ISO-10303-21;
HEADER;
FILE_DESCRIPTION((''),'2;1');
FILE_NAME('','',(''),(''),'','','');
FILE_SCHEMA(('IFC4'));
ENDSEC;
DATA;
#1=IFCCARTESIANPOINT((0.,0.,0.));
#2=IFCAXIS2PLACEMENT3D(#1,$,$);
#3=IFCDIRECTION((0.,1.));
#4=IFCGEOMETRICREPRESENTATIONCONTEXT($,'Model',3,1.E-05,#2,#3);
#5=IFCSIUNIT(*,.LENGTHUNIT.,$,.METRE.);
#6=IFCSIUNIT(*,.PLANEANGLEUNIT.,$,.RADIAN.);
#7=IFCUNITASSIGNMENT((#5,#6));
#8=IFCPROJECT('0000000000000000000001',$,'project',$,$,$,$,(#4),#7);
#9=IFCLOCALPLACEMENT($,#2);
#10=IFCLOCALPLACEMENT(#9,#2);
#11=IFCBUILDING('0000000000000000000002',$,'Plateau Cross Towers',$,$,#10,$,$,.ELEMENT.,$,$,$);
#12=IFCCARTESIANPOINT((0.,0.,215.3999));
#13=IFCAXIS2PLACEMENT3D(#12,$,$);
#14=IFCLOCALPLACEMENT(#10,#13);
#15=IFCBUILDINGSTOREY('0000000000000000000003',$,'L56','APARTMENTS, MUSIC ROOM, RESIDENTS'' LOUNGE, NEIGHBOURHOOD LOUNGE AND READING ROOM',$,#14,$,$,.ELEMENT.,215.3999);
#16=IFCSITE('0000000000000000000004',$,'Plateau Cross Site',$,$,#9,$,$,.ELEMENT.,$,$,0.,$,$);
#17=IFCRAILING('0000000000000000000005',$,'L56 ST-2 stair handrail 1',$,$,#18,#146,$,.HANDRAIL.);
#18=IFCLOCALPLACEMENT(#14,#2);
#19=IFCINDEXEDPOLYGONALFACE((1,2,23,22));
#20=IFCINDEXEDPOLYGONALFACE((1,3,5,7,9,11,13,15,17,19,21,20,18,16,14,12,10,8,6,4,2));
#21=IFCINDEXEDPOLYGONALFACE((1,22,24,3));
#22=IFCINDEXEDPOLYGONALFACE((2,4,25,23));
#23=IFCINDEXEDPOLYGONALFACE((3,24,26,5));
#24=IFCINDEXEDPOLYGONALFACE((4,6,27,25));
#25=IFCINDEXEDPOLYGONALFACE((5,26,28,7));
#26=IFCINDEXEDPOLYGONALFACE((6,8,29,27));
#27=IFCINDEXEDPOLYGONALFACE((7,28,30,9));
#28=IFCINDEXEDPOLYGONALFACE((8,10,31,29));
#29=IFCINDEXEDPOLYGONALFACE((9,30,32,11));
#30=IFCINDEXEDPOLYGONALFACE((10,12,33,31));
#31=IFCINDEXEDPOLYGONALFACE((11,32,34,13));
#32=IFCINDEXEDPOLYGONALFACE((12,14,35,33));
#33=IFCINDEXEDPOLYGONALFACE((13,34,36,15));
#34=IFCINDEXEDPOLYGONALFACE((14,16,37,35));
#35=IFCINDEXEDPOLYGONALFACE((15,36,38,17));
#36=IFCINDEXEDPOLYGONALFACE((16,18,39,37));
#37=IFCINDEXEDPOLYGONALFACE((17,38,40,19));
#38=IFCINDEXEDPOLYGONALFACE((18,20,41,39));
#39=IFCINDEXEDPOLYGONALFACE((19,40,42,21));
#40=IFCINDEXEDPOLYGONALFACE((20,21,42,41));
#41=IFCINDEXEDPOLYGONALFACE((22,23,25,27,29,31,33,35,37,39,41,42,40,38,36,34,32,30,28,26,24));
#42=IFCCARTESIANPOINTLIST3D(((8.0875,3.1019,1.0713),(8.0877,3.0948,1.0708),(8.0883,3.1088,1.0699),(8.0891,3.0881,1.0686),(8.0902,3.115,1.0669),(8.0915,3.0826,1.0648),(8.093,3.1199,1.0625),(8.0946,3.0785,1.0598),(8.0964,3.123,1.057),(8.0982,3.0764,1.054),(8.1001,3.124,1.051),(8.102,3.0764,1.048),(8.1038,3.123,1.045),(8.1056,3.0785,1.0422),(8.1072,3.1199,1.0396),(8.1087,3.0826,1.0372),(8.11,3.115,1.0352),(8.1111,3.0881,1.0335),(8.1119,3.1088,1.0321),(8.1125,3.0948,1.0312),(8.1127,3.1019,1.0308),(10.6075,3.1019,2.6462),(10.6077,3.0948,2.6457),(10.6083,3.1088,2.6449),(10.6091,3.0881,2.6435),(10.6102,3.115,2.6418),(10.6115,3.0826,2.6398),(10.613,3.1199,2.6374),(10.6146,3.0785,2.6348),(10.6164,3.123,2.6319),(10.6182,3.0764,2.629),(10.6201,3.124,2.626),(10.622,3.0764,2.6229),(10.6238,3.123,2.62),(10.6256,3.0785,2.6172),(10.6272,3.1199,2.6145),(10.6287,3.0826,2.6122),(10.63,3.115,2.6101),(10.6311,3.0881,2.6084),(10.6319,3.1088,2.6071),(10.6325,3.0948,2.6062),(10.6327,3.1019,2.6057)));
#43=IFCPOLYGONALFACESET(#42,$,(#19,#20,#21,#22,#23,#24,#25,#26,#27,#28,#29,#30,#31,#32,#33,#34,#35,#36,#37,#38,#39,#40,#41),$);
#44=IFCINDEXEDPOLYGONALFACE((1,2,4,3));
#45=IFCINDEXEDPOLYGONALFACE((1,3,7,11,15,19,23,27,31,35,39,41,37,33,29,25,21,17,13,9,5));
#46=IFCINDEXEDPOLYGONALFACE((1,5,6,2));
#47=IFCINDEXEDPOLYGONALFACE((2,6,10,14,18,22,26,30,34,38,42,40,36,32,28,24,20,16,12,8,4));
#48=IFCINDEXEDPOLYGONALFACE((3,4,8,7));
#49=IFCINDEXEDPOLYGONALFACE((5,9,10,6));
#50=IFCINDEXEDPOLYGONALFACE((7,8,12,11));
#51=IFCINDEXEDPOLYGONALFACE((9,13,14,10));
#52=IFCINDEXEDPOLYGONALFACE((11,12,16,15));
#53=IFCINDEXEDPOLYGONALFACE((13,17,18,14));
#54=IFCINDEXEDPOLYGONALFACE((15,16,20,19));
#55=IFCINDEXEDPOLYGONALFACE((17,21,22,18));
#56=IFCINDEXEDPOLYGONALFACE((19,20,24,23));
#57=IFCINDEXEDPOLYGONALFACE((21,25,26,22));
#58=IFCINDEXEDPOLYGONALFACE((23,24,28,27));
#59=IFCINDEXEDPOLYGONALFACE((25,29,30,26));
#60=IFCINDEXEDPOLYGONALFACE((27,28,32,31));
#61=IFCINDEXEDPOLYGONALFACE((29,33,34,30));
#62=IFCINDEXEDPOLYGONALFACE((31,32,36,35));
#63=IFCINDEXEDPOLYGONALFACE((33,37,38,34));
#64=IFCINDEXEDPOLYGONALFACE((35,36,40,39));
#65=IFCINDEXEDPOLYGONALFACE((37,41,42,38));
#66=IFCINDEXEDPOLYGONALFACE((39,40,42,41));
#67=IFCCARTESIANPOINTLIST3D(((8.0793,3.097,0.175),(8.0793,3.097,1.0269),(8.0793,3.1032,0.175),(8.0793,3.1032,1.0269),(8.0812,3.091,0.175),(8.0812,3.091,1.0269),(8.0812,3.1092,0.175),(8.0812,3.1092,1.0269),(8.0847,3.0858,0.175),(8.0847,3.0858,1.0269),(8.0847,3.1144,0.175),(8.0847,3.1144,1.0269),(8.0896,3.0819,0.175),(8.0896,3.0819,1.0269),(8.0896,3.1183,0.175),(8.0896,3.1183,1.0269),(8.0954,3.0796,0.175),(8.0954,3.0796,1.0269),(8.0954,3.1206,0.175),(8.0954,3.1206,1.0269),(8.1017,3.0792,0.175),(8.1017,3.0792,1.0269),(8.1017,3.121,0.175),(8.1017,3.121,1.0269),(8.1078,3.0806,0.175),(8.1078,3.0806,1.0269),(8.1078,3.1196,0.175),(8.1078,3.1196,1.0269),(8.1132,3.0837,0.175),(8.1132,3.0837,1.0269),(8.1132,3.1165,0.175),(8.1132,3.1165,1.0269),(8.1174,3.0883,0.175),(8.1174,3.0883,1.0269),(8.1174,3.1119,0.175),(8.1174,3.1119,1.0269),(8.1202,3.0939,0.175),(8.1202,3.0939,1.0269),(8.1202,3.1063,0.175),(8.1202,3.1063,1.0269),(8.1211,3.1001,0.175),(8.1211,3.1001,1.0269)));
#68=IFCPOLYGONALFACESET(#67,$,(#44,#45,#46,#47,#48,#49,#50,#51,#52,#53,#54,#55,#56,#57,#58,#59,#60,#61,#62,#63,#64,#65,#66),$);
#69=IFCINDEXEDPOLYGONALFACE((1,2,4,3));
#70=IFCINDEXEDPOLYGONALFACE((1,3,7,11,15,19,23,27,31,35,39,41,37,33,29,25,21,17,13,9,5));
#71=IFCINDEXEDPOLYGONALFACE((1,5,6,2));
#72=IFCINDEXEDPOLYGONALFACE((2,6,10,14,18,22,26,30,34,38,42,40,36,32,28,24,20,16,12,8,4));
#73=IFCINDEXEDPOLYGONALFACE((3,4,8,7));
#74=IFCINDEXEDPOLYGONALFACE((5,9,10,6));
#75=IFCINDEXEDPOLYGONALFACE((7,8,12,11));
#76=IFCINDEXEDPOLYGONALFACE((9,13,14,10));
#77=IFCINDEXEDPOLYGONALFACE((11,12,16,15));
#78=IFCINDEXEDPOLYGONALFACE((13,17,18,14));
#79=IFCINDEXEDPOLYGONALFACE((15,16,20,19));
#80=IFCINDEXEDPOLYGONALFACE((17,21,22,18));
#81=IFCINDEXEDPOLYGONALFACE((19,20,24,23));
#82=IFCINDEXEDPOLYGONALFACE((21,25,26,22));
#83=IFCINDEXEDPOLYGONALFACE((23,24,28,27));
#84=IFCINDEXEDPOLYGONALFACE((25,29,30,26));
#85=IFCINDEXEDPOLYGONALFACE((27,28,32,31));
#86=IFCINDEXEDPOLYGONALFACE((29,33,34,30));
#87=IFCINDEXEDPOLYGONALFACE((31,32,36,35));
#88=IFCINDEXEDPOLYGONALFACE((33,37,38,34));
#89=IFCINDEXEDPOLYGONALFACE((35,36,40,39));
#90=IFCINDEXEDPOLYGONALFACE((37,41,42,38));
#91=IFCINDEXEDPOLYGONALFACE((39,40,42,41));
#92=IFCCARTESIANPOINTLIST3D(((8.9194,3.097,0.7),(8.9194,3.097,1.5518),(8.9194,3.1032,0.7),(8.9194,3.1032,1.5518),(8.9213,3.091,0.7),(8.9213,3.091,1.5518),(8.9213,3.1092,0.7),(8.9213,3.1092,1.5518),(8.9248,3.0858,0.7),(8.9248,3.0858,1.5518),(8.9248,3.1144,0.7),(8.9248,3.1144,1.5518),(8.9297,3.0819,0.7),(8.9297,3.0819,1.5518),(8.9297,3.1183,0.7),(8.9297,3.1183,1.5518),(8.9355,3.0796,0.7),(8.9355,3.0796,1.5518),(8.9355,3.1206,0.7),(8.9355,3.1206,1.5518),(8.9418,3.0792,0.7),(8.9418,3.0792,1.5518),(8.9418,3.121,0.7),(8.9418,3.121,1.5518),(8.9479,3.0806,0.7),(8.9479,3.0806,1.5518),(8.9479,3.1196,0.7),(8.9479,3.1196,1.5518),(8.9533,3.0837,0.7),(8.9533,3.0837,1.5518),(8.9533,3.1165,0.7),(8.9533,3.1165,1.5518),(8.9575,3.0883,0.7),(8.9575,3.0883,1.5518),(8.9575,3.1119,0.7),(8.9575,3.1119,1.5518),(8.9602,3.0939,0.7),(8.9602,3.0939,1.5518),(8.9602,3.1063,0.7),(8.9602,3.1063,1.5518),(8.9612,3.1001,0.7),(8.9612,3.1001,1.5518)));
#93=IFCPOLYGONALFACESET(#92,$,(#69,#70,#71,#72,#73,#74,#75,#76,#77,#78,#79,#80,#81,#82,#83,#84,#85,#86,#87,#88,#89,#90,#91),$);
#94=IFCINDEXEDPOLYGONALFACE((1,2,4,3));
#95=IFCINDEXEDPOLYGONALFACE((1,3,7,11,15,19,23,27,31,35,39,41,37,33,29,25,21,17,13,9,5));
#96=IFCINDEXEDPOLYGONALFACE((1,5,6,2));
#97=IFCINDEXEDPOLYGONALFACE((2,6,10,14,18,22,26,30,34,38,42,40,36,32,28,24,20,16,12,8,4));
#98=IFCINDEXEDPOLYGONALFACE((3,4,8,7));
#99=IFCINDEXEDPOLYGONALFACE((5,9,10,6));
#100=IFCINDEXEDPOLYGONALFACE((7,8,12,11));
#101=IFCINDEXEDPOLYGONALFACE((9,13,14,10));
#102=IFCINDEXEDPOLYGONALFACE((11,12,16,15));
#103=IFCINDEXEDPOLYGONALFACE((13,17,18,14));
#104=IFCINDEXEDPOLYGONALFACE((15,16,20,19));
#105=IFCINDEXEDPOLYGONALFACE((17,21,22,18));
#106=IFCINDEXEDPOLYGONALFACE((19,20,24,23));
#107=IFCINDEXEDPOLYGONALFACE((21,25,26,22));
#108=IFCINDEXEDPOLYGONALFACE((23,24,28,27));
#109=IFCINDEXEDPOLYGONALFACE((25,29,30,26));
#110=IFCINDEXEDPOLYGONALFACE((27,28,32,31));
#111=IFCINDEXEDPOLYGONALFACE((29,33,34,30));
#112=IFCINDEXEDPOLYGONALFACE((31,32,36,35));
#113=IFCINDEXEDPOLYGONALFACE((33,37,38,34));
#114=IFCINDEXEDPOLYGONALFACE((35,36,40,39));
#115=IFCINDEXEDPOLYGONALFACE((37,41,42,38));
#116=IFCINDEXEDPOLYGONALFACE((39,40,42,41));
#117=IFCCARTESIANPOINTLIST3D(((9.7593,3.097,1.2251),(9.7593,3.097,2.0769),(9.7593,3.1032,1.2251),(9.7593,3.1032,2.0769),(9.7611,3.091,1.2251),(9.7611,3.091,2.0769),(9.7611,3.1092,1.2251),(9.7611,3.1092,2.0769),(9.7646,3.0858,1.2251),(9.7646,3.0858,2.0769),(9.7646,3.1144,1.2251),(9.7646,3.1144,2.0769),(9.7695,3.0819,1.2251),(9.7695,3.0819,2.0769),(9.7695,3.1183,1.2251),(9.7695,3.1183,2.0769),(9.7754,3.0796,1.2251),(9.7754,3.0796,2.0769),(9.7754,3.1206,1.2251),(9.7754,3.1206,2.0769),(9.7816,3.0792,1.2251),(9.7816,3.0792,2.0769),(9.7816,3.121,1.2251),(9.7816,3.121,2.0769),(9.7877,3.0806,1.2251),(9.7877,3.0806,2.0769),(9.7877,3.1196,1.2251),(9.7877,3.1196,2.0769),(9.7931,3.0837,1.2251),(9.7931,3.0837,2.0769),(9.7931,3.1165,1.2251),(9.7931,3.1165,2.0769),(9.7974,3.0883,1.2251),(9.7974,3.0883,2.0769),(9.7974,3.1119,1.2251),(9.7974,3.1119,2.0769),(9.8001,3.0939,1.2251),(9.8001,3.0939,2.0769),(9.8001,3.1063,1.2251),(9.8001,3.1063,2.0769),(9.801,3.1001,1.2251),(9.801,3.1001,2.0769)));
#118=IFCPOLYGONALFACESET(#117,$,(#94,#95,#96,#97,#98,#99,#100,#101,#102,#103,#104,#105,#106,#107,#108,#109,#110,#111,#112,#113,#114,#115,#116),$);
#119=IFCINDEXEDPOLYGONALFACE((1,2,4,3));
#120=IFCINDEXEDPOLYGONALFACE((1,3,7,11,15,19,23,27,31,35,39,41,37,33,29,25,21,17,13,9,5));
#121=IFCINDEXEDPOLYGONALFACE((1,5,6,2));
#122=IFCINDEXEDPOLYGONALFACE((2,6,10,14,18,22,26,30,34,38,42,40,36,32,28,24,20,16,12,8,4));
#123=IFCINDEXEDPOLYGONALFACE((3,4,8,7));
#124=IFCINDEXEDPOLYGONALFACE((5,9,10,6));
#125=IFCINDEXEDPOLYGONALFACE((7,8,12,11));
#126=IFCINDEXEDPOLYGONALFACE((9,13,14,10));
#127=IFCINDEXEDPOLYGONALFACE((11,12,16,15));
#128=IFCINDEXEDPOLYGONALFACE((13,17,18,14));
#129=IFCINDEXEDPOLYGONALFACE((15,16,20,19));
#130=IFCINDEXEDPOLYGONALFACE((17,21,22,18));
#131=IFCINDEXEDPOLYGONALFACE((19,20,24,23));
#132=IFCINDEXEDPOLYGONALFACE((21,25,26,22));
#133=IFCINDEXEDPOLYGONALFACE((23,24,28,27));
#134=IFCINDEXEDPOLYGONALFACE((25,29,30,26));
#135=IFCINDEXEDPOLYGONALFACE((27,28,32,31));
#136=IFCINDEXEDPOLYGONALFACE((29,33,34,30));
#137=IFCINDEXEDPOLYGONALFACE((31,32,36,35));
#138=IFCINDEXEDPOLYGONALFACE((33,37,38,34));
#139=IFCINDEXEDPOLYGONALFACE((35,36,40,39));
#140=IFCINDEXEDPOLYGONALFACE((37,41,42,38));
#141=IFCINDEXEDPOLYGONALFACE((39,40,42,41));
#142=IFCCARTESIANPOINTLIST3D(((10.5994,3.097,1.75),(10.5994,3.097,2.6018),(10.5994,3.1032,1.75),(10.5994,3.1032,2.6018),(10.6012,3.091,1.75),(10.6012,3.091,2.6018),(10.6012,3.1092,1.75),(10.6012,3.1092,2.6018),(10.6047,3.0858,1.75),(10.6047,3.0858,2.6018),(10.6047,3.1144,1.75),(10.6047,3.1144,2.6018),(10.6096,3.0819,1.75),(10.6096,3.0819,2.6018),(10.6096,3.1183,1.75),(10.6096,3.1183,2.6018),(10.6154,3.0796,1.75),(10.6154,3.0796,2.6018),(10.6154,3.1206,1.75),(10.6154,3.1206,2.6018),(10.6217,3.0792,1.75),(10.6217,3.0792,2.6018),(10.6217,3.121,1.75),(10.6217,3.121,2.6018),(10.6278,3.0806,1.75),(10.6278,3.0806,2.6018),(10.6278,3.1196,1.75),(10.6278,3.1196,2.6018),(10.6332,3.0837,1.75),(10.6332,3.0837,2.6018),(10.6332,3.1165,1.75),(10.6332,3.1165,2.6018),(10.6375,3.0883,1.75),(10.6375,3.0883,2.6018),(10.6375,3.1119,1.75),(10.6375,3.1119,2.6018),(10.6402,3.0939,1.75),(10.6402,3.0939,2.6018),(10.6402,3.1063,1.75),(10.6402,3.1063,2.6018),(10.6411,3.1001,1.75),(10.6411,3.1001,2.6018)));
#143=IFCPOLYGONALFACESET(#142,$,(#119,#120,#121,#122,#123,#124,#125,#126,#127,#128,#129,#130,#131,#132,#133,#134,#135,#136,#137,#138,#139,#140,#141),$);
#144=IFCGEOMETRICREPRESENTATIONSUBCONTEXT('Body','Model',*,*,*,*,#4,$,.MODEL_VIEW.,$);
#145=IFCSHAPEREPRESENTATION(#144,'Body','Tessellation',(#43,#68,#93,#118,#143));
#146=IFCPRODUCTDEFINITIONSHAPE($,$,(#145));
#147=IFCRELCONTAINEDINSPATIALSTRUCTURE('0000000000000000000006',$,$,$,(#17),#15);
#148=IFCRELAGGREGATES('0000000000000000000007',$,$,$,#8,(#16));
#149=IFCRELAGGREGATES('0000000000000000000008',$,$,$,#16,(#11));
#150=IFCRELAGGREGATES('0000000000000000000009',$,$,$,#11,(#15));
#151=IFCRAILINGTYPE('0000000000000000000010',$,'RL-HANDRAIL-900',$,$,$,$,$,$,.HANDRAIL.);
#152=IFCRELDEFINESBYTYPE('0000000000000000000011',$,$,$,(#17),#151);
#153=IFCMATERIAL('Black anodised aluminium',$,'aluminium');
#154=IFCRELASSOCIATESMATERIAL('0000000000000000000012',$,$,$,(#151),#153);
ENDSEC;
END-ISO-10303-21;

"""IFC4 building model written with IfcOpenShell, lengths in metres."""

from ifc_helpers import new_model, si_unit, direction, frame, origin, origin_2d, place, context, subcontext, project, spatial, circle, extrude, material, type_object, element, save


model = new_model("IFC4")

# Units and contexts
model_context = context("Model", 3, precision=1e-05, world=origin(), true_north=direction((0.0, 1.0)))
body_context = subcontext(model_context, "Body", "Model", "MODEL_VIEW")
ifc_project = project(units=[si_unit("LENGTHUNIT", "METRE"), si_unit("PLANEANGLEUNIT", "RADIAN")], contexts=[model_context])

# Site, building, storey
site_placement = place(None, origin())
site = spatial("IfcSite", under=ifc_project, at=site_placement, Name="Plateau Cross Site", CompositionType="ELEMENT", RefElevation=0.0)
building_placement = place(site_placement, origin())
building = spatial("IfcBuilding", under=site, at=building_placement, Name="Plateau Cross Towers", CompositionType="ELEMENT")
storey_placement = place(building_placement, frame((0.0, 0.0, 215.3999)))
storey = spatial("IfcBuildingStorey", under=building, at=storey_placement, Name="L56", Description="APARTMENTS, MUSIC ROOM, RESIDENTS' LOUNGE, NEIGHBOURHOOD LOUNGE AND READING ROOM", CompositionType="ELEMENT", Elevation=215.3999)

# Shared definitions
ifc_material_1 = material(Name="Black anodised aluminium", Category="aluminium")

# Railing
railing_type_1 = type_object("IfcRailingType", Name="RL-HANDRAIL-900", PredefinedType="HANDRAIL", material=ifc_material_1)
railing_placement = place(storey_placement, frame((8.1001, 3.1001, 0.175)))
element("IfcRailing", 1, at=railing_placement, inside=storey, type_object=railing_type_1, Name="L56 ST-2 stair handrail 1", PredefinedType="HANDRAIL", context=body_context, shape_type="SweptSolid", body=[
    extrude(circle(Radius=0.0239, at=origin_2d()), frame((0.0, 0.0, 0.876), z_axis=(0.848008, 0.0, 0.529984), x_axis=(0.0, 1.0, 0.0)), (0.0, 0.0, 1.0), 2.9717),
    extrude(circle(Radius=0.021, at=origin_2d()), origin(), (0.0, 0.0, 1.0), 0.8518),
    extrude(circle(Radius=0.021, at=origin_2d()), frame((0.8401, 0.0, 0.5249)), (0.0, 0.0, 1.0), 0.8518),
    extrude(circle(Radius=0.021, at=origin_2d()), frame((1.6799, 0.0, 1.05)), (0.0, 0.0, 1.0), 0.8518),
    extrude(circle(Radius=0.021, at=origin_2d()), frame((2.52, 0.0, 1.575)), (0.0, 0.0, 1.0), 0.8518),
])

save(model, "model.ifc")
